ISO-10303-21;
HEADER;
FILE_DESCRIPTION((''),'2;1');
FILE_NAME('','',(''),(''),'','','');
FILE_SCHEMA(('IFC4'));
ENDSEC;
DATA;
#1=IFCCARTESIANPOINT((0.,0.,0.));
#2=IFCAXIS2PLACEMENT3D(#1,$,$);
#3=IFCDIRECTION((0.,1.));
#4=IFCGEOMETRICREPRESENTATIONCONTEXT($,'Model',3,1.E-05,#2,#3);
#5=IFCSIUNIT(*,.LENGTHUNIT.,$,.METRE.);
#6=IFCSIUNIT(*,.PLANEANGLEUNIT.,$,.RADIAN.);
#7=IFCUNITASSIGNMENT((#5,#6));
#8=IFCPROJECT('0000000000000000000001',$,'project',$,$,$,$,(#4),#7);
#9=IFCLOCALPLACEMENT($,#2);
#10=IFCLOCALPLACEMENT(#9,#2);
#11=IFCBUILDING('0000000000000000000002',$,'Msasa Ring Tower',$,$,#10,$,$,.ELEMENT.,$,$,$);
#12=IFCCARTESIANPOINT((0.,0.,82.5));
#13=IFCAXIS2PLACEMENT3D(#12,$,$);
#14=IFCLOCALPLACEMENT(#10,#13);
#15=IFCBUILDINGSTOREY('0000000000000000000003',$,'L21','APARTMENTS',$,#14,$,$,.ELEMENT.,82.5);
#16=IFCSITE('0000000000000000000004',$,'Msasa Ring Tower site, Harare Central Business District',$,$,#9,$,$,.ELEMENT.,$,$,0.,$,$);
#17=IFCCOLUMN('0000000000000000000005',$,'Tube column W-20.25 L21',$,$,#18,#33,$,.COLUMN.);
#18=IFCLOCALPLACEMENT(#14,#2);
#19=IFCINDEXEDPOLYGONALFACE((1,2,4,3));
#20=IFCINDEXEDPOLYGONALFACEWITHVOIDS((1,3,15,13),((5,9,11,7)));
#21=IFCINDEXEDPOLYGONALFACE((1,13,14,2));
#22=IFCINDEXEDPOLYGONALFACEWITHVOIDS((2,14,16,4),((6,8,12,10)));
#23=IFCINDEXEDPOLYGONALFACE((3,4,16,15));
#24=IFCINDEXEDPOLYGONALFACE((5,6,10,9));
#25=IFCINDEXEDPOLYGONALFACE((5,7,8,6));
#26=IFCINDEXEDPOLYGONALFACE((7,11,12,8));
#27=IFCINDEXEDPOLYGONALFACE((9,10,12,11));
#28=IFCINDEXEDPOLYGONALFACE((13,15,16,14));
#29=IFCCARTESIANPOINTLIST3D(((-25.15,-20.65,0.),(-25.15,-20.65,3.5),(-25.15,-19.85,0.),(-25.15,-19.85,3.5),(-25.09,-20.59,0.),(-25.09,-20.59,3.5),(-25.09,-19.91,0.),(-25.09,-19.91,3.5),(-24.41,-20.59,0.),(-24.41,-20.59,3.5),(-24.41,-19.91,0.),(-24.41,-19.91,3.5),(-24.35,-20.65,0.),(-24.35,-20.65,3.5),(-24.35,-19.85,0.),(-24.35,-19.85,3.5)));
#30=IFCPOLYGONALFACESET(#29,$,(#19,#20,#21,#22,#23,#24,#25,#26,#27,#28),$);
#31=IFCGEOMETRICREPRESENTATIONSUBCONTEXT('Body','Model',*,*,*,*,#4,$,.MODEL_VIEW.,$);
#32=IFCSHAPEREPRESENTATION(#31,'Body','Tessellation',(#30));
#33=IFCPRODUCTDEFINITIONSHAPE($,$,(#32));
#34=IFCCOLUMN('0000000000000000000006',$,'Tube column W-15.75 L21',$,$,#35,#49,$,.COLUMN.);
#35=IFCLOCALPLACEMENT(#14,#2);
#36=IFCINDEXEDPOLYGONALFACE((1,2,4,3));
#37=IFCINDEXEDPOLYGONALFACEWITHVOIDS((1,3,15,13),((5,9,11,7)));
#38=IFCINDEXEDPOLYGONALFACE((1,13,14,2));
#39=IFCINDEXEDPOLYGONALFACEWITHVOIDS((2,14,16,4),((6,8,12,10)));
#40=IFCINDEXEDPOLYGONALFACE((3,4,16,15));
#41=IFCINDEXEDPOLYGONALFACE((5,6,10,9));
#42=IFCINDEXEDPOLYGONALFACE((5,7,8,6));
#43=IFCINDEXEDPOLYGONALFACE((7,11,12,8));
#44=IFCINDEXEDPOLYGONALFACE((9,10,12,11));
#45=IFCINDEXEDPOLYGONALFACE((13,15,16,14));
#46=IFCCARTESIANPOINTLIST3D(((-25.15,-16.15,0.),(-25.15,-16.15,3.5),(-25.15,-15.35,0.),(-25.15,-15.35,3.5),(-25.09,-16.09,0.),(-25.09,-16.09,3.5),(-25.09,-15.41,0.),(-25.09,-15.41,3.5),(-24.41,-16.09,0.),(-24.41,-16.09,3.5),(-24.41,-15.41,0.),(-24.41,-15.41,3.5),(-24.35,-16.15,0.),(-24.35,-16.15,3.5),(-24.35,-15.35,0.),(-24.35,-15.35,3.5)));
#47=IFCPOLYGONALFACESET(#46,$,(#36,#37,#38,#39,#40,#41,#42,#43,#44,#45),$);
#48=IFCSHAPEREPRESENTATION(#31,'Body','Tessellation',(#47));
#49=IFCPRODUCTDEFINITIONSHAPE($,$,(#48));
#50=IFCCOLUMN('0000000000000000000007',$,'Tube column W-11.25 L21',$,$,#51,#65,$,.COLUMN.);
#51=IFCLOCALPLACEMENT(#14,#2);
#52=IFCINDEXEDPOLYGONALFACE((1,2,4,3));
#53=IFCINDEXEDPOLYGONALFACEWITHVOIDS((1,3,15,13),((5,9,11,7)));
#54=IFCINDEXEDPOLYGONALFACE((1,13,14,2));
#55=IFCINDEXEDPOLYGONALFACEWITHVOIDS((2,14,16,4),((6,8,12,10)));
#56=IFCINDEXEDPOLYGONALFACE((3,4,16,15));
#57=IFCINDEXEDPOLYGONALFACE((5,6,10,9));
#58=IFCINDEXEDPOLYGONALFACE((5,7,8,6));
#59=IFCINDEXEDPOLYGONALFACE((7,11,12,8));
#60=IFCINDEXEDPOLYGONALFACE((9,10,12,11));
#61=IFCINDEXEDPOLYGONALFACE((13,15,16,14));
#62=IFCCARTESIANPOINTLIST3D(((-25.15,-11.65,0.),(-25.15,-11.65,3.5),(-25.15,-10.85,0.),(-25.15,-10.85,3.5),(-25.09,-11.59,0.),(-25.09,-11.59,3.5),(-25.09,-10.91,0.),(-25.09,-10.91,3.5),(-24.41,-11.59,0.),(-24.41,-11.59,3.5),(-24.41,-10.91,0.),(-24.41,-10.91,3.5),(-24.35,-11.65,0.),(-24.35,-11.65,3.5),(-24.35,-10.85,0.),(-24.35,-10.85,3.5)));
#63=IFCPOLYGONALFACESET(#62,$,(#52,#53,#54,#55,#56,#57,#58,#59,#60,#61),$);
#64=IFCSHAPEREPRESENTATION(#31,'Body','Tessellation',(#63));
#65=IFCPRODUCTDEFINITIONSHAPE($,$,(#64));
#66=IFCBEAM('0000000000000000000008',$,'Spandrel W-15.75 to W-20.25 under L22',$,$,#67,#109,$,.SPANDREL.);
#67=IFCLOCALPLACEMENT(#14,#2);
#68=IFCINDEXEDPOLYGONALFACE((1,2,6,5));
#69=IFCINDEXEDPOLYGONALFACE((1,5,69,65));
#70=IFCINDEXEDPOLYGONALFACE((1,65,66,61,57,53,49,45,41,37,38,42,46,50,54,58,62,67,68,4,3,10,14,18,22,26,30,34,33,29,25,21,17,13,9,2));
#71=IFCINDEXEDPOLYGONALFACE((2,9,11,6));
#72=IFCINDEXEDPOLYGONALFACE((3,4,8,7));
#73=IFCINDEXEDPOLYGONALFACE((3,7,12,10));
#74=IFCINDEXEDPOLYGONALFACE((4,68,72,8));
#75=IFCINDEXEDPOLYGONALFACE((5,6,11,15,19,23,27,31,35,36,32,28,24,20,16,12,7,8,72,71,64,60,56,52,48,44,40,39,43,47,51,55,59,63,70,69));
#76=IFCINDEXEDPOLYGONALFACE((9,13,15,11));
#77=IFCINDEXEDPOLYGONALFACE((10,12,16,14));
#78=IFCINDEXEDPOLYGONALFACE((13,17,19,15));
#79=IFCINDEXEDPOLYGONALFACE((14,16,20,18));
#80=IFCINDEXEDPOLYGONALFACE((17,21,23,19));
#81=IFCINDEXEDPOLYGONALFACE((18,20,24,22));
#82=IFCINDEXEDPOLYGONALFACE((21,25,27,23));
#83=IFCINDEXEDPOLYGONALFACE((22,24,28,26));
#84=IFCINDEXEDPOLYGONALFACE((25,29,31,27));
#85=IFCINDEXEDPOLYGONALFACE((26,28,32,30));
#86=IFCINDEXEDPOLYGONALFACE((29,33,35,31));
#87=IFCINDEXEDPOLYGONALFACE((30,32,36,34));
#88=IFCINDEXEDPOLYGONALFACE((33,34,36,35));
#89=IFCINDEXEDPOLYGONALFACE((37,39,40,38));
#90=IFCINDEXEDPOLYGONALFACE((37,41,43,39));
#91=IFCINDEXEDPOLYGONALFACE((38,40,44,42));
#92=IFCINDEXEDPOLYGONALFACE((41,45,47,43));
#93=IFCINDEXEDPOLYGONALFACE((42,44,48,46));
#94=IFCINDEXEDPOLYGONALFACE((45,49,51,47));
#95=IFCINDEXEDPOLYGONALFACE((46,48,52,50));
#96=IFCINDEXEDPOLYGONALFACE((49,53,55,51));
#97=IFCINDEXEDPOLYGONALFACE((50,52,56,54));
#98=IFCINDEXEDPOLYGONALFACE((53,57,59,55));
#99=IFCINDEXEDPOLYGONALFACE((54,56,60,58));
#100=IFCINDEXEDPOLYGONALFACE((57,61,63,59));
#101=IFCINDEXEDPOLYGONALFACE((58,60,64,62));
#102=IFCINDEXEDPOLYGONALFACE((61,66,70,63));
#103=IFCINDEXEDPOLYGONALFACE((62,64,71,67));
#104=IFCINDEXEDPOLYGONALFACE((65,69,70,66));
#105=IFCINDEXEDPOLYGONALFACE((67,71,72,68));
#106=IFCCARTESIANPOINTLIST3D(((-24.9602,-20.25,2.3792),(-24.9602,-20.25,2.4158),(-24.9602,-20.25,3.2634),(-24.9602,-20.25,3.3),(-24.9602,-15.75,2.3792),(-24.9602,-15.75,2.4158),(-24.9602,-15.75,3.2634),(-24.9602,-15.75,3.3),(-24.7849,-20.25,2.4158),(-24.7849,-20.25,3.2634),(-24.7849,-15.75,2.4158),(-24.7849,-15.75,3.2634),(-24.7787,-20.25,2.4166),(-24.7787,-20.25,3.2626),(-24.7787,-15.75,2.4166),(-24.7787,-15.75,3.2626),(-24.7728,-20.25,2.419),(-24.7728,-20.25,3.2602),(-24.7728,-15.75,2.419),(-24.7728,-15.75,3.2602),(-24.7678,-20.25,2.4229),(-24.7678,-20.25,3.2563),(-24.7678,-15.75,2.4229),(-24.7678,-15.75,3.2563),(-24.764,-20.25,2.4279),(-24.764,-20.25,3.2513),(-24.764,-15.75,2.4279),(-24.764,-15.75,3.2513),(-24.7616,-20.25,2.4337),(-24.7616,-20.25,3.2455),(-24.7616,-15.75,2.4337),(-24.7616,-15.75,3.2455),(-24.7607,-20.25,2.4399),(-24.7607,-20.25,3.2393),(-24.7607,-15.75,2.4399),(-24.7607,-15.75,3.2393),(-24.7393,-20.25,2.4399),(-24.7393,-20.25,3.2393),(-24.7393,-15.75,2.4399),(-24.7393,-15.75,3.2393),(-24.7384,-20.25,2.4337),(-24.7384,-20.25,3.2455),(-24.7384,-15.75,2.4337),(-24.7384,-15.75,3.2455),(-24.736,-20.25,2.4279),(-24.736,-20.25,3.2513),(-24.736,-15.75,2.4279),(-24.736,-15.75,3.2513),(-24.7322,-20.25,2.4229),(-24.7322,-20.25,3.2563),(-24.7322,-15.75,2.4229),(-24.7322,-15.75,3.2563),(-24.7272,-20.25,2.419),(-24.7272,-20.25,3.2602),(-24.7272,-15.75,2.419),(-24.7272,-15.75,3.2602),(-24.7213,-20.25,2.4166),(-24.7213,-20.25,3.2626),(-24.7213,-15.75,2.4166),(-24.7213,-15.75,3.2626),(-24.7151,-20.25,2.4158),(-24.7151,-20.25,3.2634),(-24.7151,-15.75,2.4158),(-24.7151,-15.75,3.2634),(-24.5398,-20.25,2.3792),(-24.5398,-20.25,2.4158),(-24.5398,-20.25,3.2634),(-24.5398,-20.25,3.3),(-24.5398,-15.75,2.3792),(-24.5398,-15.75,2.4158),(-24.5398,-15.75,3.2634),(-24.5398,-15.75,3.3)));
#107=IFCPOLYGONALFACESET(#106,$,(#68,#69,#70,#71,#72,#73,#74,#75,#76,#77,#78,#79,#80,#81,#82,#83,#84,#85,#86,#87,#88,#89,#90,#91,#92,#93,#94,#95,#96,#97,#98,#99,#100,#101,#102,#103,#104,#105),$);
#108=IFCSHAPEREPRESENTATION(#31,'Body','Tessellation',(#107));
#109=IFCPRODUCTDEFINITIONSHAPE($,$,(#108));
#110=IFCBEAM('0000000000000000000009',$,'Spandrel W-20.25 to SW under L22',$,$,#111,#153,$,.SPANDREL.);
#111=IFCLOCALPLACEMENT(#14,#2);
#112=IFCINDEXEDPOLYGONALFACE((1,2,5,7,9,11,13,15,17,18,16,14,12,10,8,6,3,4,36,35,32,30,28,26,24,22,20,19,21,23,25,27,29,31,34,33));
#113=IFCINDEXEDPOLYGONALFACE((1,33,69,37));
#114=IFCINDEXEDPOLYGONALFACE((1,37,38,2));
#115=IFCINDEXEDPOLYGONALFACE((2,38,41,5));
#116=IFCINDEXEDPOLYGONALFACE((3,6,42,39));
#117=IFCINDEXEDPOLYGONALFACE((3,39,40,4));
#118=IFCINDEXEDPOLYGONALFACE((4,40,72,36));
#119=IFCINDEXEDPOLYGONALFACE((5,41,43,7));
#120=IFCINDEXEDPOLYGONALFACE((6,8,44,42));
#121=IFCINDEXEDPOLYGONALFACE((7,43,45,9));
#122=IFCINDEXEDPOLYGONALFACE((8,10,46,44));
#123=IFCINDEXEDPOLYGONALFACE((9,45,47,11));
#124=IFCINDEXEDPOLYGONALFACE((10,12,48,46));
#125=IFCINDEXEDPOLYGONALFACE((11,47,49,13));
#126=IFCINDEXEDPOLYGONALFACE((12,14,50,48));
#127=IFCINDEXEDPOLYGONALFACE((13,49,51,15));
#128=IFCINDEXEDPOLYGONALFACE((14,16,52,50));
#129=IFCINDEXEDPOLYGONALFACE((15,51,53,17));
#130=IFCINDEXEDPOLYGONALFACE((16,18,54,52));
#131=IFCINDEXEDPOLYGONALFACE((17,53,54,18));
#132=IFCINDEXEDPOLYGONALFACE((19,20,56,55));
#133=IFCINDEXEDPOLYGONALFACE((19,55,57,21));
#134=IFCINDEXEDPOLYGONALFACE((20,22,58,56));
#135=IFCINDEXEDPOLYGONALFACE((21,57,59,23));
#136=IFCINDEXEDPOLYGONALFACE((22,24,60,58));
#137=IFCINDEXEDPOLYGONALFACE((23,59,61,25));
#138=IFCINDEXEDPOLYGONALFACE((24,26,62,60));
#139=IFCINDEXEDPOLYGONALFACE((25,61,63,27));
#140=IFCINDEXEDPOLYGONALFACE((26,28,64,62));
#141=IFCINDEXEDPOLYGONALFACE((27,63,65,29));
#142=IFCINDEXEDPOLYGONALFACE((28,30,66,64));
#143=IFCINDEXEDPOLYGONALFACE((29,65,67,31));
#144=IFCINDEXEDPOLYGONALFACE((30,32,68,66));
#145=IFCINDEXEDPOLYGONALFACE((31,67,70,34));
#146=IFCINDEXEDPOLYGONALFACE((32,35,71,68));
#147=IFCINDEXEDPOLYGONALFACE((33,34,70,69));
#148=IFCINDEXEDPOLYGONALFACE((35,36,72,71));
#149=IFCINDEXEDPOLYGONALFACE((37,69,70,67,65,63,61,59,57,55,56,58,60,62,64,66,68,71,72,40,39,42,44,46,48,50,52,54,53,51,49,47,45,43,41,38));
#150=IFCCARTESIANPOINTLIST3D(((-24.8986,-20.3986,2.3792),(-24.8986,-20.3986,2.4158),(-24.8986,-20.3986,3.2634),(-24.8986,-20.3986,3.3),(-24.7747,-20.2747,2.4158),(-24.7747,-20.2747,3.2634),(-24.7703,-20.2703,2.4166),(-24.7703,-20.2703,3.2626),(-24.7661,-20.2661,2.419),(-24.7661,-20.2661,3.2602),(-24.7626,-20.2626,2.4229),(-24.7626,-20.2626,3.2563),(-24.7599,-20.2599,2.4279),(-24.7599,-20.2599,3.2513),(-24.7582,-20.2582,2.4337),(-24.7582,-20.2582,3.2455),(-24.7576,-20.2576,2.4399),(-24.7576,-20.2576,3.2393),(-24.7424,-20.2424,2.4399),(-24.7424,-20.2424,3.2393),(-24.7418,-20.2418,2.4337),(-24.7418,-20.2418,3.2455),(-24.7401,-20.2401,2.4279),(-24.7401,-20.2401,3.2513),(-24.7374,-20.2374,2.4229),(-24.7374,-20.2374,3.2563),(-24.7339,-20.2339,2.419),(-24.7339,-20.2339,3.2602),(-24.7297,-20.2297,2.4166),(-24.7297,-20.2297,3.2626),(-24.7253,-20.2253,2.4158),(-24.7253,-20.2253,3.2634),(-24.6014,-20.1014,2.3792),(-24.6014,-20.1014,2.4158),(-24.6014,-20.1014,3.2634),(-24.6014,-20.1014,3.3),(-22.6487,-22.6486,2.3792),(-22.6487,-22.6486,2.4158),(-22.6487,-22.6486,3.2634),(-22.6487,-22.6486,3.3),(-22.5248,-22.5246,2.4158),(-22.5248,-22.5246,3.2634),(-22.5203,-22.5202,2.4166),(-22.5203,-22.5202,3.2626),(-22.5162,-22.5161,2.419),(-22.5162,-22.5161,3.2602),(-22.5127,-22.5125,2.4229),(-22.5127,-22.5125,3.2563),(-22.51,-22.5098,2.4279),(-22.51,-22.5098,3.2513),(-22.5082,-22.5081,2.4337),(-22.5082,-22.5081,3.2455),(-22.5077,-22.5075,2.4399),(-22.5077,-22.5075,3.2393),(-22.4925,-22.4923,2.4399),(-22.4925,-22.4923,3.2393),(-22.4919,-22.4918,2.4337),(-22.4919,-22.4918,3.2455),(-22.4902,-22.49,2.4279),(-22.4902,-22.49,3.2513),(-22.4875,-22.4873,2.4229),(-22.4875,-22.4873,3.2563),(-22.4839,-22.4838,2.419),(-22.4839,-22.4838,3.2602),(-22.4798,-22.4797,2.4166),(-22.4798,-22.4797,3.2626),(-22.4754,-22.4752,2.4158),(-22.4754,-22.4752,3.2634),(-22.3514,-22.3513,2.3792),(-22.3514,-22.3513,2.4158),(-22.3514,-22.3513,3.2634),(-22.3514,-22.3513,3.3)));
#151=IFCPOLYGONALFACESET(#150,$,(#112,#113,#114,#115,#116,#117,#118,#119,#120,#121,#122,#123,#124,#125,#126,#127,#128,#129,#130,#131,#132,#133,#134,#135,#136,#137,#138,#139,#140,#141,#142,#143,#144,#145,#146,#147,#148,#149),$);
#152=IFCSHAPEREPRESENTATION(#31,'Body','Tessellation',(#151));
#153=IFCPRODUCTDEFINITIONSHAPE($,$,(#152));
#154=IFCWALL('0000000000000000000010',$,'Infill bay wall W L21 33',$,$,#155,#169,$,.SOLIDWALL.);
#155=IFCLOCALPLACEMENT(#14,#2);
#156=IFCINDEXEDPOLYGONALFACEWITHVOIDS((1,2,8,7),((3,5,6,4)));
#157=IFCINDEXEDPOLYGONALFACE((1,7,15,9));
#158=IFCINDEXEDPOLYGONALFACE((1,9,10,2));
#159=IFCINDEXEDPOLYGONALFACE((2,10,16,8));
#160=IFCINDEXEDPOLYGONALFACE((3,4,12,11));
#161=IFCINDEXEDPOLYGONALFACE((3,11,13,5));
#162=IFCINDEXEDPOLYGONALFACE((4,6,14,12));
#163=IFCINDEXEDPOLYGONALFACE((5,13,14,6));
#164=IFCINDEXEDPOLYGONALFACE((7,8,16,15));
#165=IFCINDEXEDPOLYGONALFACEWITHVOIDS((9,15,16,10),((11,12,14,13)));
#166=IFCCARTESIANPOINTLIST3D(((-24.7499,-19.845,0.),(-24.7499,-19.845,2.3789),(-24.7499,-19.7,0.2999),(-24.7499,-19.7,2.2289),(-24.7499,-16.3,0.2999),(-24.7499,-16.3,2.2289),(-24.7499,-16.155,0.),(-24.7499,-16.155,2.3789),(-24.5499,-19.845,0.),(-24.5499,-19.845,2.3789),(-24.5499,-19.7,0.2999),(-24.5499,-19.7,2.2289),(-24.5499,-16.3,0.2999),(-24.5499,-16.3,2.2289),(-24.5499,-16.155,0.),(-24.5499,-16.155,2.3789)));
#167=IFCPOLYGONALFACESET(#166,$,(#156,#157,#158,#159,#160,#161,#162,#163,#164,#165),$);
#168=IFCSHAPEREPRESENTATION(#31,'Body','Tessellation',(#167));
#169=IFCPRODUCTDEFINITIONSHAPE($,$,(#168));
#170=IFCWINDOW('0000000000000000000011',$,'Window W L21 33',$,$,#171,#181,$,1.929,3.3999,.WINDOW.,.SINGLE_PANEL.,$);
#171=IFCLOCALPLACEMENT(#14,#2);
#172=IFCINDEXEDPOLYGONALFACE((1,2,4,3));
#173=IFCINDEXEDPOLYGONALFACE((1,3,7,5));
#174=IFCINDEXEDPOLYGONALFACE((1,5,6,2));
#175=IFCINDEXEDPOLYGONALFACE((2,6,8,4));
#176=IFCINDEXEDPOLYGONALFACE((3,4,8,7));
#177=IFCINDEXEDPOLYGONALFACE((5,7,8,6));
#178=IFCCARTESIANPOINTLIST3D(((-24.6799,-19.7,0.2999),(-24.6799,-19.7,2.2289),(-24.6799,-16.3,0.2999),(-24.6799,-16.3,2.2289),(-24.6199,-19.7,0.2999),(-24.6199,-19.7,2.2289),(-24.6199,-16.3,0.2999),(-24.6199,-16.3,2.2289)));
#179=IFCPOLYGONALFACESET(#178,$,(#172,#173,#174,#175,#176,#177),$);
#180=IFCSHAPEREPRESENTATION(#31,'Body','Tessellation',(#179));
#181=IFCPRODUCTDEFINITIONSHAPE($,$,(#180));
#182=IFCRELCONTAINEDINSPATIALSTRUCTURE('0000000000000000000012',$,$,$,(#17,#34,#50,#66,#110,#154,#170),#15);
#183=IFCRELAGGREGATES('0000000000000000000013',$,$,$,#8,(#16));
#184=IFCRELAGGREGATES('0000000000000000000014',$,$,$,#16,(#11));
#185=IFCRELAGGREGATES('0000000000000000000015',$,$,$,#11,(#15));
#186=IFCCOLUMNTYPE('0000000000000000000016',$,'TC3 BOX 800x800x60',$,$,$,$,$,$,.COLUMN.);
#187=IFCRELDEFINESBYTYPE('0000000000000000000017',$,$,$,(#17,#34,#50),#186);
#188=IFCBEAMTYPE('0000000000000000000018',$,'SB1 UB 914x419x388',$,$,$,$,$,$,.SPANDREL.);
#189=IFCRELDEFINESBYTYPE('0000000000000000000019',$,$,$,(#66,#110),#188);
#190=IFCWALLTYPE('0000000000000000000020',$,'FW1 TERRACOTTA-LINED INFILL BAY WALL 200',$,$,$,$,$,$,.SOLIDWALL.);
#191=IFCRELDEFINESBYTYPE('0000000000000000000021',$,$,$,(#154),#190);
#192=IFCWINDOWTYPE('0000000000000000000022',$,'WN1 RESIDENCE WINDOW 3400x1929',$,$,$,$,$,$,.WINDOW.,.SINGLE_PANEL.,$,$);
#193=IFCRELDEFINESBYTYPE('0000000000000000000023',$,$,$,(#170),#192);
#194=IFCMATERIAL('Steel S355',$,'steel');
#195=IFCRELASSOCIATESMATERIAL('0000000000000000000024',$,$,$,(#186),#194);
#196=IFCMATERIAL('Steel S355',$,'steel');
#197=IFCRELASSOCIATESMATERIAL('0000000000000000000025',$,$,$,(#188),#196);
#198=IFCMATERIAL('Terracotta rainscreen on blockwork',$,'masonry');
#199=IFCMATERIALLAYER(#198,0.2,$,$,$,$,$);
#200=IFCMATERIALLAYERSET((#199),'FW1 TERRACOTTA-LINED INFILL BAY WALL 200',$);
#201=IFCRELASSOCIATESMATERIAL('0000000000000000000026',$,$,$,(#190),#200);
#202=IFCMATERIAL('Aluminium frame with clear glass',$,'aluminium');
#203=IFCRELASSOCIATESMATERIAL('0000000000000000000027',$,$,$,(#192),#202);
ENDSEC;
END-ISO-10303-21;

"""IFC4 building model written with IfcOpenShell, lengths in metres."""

from ifc_helpers import new_model, si_unit, direction, frame, frame_2d, origin, origin_2d, place, context, subcontext, project, spatial, rectangle, hollow_rectangle, i_section, extrude, material, layer, layer_set, material_profile, profile_set, type_object, element, fill, save


model = new_model("IFC4")

# Units and contexts
model_context = context("Model", 3, precision=1e-05, world=origin(), true_north=direction((0.0, 1.0)))
body_context = subcontext(model_context, "Body", "Model", "MODEL_VIEW")
ifc_project = project(units=[si_unit("LENGTHUNIT", "METRE"), si_unit("PLANEANGLEUNIT", "RADIAN")], contexts=[model_context])

# Site, building, storey
site_placement = place(None, origin())
site = spatial("IfcSite", under=ifc_project, at=site_placement, Name="Msasa Ring Tower site, Harare Central Business District", CompositionType="ELEMENT", RefElevation=0.0)
building_placement = place(site_placement, origin())
building = spatial("IfcBuilding", under=site, at=building_placement, Name="Msasa Ring Tower", CompositionType="ELEMENT")
storey_placement = place(building_placement, frame((0.0, 0.0, 82.5)))
storey = spatial("IfcBuildingStorey", under=building, at=storey_placement, Name="L21", Description="APARTMENTS", CompositionType="ELEMENT", Elevation=82.5)

# Columns
ifc_material_1 = material(Name="Steel S355", Category="steel")
ifc_material_profile_1 = material_profile(ifc_material_1, hollow_rectangle(XDim=0.8, YDim=0.8, WallThickness=0.0601, at=origin_2d()), Name="BOX 800x800x60")
ifc_profile_set_1 = profile_set([ifc_material_profile_1], Name="Steel S355")
column_type = type_object("IfcColumnType", Name="TC3 BOX 800x800x60", PredefinedType="COLUMN", material=ifc_profile_set_1)
for number, where, z_axis, x_axis, name in (
    (1, (-24.75, -20.25, 0.0), (0.0, 0.0, 1.0), (1.0, 0.0, 0.0), "Tube column W-20.25 L21"),
    (2, (-24.75, -15.75, 0.0), (0.0, 0.0, 1.0), (1.0, 0.0, 0.0), "Tube column W-15.75 L21"),
    (3, (-24.75, -11.25, 0.0), (0.0, 0.0, 1.0), (1.0, 0.0, 0.0), "Tube column W-11.25 L21"),
):
    element("IfcColumn", number, at=place(storey_placement, frame(where, z_axis=z_axis, x_axis=x_axis)), inside=storey, type_object=column_type, Name=name, PredefinedType="COLUMN", context=body_context, shape_type="SweptSolid", body=[
        extrude(hollow_rectangle(XDim=0.8, YDim=0.8, WallThickness=0.0601, at=origin_2d()), origin(), (0.0, 0.0, 1.0), 3.5),
    ])

# Beams
ifc_material_2 = material(Name="Steel S355", Category="steel")
ifc_material_profile_2 = material_profile(ifc_material_2, i_section(OverallWidth=0.4204, OverallDepth=0.9209, WebThickness=0.0215, FlangeThickness=0.0366, FilletRadius=0.0242, at=origin_2d()), Name="UB 914x419x388")
ifc_profile_set_2 = profile_set([ifc_material_profile_2], Name="Steel S355")
beam_type = type_object("IfcBeamType", Name="SB1 UB 914x419x388", PredefinedType="SPANDREL", material=ifc_profile_set_2)
beam_1_placement = place(storey_placement, frame((-24.75, -15.75, 2.8396), z_axis=(0.0, -1.0, 0.0), x_axis=(1.0, 0.0, 0.0)))
element("IfcBeam", 4, at=beam_1_placement, inside=storey, type_object=beam_type, Name="Spandrel W-15.75 to W-20.25 under L22", PredefinedType="SPANDREL", context=body_context, shape_type="SweptSolid", body=[
    extrude(i_section(OverallWidth=0.4204, OverallDepth=0.9209, WebThickness=0.0215, FlangeThickness=0.0366, FilletRadius=0.0242, at=origin_2d()), origin(), (0.0, 0.0, 1.0), 4.5),
])
beam_2_placement = place(storey_placement, frame((-24.75, -20.25, 2.8396), z_axis=(0.707107, -0.707107, 0.0), x_axis=(0.707107, 0.707107, 0.0)))
element("IfcBeam", 5, at=beam_2_placement, inside=storey, type_object=beam_type, Name="Spandrel W-20.25 to SW under L22", PredefinedType="SPANDREL", context=body_context, shape_type="SweptSolid", body=[
    extrude(i_section(OverallWidth=0.4204, OverallDepth=0.9209, WebThickness=0.0215, FlangeThickness=0.0366, FilletRadius=0.0242, at=origin_2d()), origin(), (0.0, 0.0, 1.0), 3.1819),
])

# Wall, opening, window
ifc_material_3 = material(Name="Terracotta rainscreen on blockwork", Category="masonry")
ifc_layer_1 = layer(ifc_material_3, 0.2)
ifc_layer_set_1 = layer_set([ifc_layer_1], Name="FW1 TERRACOTTA-LINED INFILL BAY WALL 200")
wall_type_1 = type_object("IfcWallType", Name="FW1 TERRACOTTA-LINED INFILL BAY WALL 200", PredefinedType="SOLIDWALL", material=ifc_layer_set_1)
wall_1_placement = place(storey_placement, frame((-24.6499, -19.845, 0.0), z_axis=(0.0, 0.0, 1.0), x_axis=(0.0, 1.0, 0.0)))
wall_1 = element("IfcWall", 6, at=wall_1_placement, inside=storey, type_object=wall_type_1, Name="Infill bay wall W L21 33", PredefinedType="SOLIDWALL", context=body_context, shape_type="SweptSolid", body=[
    extrude(rectangle(XDim=3.6899, YDim=0.2, at=frame_2d((1.845, 0.0))), origin(), (0.0, 0.0, 1.0), 2.3789),
])
opening_1_placement = place(wall_1_placement, frame((0.145, 0.0, 0.3)))
opening_1 = element("IfcOpeningElement", 7, at=opening_1_placement, cuts=wall_1, PredefinedType="OPENING", context=body_context, shape_type="SweptSolid", body=[
    extrude(rectangle(XDim=3.3999, YDim=1.929, at=frame_2d((1.7, 0.9644))), frame((0.0, 0.1099, 0.0), z_axis=(0.0, -1.0, 0.0), x_axis=(1.0, 0.0, 0.0)), (0.0, 0.0, 1.0), 0.22),
])
ifc_material_4 = material(Name="Aluminium frame with clear glass", Category="aluminium")
window_type = type_object("IfcWindowType", Name="WN1 RESIDENCE WINDOW 3400x1929", PartitioningType="SINGLE_PANEL", PredefinedType="WINDOW", material=ifc_material_4)
window_1_placement = place(opening_1_placement, origin())
window_1 = element("IfcWindow", 8, at=window_1_placement, inside=storey, type_object=window_type, Name="Window W L21 33", OverallHeight=1.929, OverallWidth=3.3999, PartitioningType="SINGLE_PANEL", PredefinedType="WINDOW", context=body_context, shape_type="SweptSolid", body=[
    extrude(rectangle(XDim=3.3999, YDim=1.929, at=frame_2d((1.7, 0.9644))), frame((0.0, 0.03, 0.0), z_axis=(0.0, -1.0, 0.0), x_axis=(1.0, 0.0, 0.0)), (0.0, 0.0, 1.0), 0.0601),
])
fill(opening_1, window_1)

save(model, "model.ifc")
